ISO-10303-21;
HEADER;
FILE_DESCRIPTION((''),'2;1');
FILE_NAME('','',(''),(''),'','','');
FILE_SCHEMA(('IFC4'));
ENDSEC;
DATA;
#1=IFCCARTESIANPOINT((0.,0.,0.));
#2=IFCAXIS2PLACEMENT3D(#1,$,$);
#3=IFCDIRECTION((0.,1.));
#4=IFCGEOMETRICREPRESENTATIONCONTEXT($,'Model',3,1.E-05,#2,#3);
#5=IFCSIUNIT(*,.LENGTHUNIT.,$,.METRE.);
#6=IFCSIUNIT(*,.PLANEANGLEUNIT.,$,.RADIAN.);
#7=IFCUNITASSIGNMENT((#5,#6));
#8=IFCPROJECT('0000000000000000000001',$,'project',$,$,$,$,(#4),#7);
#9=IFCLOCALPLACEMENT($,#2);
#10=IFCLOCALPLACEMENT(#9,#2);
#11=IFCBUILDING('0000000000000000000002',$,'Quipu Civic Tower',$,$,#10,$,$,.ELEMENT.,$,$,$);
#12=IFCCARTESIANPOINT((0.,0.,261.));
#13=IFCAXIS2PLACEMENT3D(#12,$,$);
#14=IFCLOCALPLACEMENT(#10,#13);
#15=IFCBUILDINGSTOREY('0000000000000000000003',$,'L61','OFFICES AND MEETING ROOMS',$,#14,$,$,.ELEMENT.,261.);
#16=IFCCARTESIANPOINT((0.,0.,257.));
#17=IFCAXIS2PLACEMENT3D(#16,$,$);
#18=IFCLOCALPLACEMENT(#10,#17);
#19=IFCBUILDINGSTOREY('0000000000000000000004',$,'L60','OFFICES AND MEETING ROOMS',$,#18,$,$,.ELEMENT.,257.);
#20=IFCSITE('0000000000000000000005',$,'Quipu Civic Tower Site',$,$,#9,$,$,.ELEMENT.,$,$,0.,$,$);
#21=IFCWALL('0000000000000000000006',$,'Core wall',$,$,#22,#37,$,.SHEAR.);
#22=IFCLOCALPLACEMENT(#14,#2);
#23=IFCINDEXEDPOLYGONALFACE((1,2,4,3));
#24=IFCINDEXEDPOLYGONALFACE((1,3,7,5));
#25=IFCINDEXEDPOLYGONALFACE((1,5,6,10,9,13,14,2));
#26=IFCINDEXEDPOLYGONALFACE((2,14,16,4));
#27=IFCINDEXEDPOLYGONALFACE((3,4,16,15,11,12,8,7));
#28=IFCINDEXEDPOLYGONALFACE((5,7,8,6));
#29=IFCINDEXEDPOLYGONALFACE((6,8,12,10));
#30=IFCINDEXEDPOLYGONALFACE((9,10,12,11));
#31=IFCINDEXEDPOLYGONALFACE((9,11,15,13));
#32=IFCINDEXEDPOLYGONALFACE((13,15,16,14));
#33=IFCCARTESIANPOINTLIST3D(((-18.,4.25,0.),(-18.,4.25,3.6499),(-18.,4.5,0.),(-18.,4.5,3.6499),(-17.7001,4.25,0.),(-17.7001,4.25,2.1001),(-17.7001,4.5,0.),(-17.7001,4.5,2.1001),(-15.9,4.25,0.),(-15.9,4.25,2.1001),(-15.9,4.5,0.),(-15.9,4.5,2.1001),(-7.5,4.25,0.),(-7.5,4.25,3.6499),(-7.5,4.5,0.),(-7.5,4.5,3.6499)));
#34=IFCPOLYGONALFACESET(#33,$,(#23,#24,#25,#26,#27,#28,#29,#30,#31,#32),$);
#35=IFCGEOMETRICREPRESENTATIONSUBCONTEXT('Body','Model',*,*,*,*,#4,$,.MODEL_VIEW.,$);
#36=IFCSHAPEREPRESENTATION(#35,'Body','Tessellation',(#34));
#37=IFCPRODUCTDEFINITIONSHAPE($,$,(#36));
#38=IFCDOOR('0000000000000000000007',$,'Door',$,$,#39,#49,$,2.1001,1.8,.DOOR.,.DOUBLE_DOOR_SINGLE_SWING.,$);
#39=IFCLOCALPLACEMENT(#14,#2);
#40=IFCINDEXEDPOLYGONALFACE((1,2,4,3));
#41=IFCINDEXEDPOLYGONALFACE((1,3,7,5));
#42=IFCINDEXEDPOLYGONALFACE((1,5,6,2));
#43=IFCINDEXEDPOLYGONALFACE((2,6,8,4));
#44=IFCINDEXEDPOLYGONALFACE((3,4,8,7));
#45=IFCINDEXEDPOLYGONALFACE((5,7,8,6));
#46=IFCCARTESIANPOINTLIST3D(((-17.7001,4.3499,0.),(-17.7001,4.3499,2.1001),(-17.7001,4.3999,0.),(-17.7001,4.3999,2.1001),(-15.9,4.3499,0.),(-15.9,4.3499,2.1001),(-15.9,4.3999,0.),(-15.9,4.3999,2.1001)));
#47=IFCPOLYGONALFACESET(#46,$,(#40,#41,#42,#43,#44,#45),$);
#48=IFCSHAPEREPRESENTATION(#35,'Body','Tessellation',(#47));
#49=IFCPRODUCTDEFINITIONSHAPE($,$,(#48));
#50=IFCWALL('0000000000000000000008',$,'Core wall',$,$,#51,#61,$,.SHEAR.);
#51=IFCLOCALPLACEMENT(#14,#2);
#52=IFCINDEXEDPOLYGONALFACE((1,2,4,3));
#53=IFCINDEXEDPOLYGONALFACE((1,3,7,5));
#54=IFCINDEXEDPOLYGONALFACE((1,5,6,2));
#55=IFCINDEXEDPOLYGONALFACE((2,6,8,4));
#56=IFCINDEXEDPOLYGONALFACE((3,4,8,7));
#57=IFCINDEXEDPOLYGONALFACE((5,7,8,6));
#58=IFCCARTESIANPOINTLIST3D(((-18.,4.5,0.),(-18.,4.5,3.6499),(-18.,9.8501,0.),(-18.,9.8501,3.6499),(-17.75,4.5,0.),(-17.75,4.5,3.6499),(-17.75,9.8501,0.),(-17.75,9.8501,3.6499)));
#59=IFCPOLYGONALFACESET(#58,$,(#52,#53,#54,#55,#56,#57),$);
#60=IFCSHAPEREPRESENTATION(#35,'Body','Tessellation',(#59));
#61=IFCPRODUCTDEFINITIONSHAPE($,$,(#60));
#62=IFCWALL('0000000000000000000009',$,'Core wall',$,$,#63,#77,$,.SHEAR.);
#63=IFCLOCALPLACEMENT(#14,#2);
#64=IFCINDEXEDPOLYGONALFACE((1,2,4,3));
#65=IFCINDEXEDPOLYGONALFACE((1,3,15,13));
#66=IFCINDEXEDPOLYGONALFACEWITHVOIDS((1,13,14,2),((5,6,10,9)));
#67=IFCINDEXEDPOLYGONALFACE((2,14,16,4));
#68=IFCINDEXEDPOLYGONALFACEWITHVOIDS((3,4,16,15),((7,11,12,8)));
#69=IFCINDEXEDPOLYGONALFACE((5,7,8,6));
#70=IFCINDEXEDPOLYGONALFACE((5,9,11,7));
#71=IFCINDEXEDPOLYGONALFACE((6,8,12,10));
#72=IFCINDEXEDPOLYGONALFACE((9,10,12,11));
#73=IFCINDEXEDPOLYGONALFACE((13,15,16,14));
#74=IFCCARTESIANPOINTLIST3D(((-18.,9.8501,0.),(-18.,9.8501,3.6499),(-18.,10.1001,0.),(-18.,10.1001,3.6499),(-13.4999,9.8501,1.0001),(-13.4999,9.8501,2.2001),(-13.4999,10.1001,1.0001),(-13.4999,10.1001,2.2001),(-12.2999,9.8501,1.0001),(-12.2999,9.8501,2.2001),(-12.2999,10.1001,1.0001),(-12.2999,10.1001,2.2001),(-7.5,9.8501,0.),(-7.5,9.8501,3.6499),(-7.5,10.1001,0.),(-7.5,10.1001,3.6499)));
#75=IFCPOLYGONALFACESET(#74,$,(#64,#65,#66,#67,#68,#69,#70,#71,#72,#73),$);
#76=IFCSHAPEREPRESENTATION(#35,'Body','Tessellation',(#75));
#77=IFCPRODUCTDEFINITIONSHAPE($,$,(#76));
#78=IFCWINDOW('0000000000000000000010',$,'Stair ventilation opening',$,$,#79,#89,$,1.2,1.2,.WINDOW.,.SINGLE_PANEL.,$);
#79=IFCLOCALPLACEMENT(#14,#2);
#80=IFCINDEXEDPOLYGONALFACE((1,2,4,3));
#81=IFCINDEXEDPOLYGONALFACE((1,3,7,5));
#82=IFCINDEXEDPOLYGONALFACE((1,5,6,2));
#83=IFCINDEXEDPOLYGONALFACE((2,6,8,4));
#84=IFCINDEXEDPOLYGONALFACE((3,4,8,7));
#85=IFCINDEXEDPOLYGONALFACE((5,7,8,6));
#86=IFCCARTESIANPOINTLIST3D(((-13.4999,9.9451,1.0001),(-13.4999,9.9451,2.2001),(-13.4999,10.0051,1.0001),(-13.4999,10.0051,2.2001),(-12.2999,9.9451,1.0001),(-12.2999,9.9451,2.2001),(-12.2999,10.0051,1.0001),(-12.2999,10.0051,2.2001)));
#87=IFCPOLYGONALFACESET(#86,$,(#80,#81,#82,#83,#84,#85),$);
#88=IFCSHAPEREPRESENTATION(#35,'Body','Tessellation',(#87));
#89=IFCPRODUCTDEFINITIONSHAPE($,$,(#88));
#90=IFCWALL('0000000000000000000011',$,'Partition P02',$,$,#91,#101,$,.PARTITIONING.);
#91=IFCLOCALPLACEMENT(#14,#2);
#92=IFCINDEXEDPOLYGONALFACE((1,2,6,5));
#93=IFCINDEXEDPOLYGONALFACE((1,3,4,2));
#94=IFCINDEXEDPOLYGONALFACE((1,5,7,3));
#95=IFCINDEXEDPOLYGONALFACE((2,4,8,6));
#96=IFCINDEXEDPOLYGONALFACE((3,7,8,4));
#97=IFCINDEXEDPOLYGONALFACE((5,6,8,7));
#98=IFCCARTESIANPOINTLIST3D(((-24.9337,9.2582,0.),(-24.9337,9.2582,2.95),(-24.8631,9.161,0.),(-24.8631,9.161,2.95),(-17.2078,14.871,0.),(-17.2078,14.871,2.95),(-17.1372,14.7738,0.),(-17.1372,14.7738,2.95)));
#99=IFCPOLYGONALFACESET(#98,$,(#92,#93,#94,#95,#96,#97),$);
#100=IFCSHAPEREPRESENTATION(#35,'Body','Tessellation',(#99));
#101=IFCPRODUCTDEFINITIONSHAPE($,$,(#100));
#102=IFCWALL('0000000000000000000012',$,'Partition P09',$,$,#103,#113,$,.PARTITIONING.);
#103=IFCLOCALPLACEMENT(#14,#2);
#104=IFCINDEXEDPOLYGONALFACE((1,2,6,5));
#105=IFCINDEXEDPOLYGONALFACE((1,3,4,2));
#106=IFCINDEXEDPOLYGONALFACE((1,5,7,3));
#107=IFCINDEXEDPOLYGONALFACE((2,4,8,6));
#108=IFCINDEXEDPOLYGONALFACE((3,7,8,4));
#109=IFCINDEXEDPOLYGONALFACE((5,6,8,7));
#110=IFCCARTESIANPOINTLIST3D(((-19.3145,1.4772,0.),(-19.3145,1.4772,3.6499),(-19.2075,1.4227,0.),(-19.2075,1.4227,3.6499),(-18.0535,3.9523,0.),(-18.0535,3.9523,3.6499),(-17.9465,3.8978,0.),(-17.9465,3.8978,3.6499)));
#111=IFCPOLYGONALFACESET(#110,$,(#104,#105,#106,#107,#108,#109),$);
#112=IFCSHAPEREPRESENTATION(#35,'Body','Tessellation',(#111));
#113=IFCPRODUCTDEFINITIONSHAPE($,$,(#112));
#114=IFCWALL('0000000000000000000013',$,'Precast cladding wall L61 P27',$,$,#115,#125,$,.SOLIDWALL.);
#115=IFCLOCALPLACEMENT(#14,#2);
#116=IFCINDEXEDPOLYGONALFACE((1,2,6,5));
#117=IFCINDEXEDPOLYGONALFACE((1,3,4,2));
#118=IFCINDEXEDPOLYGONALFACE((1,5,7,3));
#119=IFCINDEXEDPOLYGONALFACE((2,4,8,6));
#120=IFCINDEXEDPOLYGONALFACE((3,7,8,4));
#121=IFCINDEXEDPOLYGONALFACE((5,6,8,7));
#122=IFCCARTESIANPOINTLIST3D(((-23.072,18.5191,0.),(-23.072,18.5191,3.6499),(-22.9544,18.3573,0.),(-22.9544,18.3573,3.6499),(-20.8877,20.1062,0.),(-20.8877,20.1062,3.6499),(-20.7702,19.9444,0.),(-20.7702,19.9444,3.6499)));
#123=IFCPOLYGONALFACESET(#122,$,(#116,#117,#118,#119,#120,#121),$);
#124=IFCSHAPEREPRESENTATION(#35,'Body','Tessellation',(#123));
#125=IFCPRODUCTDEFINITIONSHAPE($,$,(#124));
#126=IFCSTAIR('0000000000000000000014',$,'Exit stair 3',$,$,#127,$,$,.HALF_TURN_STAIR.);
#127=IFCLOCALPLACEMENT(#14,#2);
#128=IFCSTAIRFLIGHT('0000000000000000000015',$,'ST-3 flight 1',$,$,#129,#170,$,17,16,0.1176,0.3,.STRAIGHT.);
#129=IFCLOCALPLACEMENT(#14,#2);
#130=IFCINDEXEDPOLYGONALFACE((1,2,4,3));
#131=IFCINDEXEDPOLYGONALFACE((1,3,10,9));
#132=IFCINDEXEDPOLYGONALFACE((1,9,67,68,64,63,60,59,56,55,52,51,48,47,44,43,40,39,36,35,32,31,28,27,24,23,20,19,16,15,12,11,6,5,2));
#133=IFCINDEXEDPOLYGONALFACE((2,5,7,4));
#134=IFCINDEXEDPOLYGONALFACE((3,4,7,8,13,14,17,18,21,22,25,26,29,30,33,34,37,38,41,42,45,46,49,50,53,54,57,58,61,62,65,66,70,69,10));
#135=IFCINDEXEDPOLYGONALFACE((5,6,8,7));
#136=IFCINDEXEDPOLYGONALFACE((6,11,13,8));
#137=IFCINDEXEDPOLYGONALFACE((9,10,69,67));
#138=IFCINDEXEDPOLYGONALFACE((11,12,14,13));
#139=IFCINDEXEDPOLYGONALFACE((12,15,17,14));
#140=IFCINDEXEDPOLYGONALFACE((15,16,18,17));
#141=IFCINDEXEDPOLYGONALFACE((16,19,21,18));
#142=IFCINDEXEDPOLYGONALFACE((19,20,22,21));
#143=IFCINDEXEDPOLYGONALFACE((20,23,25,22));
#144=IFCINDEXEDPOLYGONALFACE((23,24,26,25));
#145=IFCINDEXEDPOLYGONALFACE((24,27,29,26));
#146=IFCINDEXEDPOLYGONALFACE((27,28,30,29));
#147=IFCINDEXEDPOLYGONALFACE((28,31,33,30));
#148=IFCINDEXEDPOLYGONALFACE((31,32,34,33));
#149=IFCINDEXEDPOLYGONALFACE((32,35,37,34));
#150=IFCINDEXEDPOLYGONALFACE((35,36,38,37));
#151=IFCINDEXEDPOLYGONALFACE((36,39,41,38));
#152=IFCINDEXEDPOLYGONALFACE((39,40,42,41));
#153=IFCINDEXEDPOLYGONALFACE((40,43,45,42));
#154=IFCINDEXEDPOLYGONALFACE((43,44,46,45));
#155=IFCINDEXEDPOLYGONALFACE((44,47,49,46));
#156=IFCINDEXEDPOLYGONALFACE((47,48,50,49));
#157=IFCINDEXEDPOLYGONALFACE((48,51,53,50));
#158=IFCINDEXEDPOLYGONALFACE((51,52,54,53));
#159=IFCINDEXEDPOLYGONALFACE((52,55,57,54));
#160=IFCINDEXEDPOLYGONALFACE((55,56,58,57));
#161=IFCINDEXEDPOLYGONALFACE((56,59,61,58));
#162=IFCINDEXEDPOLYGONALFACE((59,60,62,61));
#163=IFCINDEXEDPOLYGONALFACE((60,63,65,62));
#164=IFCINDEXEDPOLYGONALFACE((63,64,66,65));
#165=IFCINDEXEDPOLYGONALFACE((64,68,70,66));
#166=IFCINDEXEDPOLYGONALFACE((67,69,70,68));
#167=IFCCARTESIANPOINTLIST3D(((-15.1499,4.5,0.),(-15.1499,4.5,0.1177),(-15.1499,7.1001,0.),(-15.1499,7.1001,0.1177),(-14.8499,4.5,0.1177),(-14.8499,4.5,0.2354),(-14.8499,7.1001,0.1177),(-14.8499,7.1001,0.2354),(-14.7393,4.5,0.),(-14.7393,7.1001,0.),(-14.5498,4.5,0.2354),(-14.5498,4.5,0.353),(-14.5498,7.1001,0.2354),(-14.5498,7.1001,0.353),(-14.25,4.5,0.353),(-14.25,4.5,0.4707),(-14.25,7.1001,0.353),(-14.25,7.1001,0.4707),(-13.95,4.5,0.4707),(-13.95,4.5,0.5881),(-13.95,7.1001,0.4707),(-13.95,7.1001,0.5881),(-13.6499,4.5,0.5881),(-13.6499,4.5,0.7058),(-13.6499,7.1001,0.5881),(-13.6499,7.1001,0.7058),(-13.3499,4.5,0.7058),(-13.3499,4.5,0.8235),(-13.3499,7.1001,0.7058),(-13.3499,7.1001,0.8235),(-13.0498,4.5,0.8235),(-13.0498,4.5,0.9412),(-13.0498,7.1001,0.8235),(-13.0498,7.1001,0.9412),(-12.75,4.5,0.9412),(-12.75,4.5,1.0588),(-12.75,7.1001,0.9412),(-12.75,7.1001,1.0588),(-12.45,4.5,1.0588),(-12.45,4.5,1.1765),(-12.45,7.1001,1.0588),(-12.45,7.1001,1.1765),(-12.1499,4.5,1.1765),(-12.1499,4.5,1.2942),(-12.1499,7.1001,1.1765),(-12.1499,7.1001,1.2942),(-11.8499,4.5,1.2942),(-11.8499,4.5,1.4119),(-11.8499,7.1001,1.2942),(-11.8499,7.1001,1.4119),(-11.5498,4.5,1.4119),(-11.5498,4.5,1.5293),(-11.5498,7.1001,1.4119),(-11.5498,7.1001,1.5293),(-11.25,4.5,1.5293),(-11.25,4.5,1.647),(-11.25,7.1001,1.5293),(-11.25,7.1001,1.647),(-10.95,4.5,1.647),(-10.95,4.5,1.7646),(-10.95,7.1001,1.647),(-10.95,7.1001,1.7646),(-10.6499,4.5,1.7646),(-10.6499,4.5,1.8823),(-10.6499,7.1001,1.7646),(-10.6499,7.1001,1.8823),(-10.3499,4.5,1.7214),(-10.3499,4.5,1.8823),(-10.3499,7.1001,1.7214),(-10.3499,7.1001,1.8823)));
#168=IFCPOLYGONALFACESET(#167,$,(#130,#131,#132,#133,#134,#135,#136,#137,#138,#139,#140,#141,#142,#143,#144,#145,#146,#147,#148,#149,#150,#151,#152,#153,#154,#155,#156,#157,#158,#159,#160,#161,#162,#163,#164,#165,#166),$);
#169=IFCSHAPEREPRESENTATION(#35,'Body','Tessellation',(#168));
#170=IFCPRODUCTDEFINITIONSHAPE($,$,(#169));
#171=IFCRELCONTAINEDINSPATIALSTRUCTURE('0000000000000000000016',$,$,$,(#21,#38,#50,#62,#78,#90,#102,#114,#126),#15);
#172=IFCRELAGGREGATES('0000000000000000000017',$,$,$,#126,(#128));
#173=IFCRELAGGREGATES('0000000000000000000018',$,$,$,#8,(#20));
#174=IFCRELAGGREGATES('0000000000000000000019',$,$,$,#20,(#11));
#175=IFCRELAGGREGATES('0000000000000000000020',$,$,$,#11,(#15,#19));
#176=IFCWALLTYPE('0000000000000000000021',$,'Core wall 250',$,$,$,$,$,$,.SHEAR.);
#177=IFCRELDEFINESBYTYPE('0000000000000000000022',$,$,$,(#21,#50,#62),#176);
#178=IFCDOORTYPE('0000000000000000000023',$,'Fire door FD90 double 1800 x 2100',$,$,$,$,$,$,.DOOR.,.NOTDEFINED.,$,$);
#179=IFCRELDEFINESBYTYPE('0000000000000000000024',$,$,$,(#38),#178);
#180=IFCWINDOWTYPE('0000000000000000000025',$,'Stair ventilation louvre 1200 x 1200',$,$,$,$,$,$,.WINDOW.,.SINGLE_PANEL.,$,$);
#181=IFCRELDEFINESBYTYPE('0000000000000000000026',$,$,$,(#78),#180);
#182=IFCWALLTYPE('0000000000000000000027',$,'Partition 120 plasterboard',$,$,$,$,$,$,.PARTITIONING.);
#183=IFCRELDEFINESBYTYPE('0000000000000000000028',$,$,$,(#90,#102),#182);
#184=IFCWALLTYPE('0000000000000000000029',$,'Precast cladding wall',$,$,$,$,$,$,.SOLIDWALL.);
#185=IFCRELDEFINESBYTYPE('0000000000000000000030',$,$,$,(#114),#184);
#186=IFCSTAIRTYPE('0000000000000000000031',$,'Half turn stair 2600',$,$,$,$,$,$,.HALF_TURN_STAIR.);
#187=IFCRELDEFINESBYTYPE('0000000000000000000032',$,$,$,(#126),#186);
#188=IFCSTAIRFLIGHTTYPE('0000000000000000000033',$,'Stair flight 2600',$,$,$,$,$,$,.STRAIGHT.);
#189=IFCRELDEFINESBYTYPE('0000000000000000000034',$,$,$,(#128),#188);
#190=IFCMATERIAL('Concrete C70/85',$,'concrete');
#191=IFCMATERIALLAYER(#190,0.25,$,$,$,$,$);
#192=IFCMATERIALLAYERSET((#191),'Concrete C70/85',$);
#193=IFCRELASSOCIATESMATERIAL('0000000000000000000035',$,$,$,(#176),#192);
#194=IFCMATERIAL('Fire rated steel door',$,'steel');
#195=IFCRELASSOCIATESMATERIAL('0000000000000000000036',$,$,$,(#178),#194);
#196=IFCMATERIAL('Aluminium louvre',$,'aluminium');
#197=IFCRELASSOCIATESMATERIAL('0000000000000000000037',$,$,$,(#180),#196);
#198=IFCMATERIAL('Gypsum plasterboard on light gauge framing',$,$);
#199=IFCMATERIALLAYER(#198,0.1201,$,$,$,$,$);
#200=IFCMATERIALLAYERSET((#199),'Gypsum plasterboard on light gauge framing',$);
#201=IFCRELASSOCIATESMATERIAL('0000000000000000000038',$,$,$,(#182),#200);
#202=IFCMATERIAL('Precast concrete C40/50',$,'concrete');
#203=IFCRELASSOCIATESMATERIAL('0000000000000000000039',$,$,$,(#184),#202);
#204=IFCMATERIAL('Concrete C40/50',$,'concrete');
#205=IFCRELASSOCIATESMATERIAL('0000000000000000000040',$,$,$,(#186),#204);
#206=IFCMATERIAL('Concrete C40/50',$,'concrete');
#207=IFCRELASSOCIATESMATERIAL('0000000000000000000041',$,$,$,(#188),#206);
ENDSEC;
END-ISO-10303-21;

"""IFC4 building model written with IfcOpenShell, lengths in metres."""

from ifc_helpers import new_model, si_unit, direction, frame, frame_2d, origin, place, context, subcontext, project, spatial, polyline, rectangle, outline, extrude, material, layer, layer_set, type_object, element, fill, aggregate, save


model = new_model("IFC4")

# Units and contexts
model_context = context("Model", 3, precision=1e-05, world=origin(), true_north=direction((0.0, 1.0)))
body_context = subcontext(model_context, "Body", "Model", "MODEL_VIEW")
ifc_project = project(units=[si_unit("LENGTHUNIT", "METRE"), si_unit("PLANEANGLEUNIT", "RADIAN")], contexts=[model_context])

# Site, building, storey
site_placement = place(None, origin())
site = spatial("IfcSite", under=ifc_project, at=site_placement, Name="Quipu Civic Tower Site", CompositionType="ELEMENT", RefElevation=0.0)
building_placement = place(site_placement, origin())
building = spatial("IfcBuilding", under=site, at=building_placement, Name="Quipu Civic Tower", CompositionType="ELEMENT")
storey_1_placement = place(building_placement, frame((0.0, 0.0, 261.0)))
storey_1 = spatial("IfcBuildingStorey", under=building, at=storey_1_placement, Name="L61", Description="OFFICES AND MEETING ROOMS", CompositionType="ELEMENT", Elevation=261.0)

# Shared definitions
storey_2_placement = place(building_placement, frame((0.0, 0.0, 257.0)))
storey_2 = spatial("IfcBuildingStorey", under=building, at=storey_2_placement, Name="L60", Description="OFFICES AND MEETING ROOMS", CompositionType="ELEMENT", Elevation=257.0)

# Shared definitions
ifc_material_1 = material(Name="Concrete C70/85", Category="concrete")
ifc_layer_1 = layer(ifc_material_1, 0.25)
ifc_layer_set_1 = layer_set([ifc_layer_1], Name="Concrete C70/85")
wall_type_1 = type_object("IfcWallType", Name="Core wall 250", PredefinedType="SHEAR", material=ifc_layer_set_1)
ifc_material_2 = material(Name="Fire rated steel door", Category="steel")
door_type = type_object("IfcDoorType", Name="Fire door FD90 double 1800 x 2100", OperationType="NOTDEFINED", PredefinedType="DOOR", material=ifc_material_2)

# Wall, opening, door
wall_1_placement = place(storey_1_placement, frame((-18.0, 4.375, 0.0), z_axis=(0.0, 0.0, 1.0), x_axis=(1.0, 0.0, 0.0)))
wall_1 = element("IfcWall", 1, at=wall_1_placement, inside=storey_1, type_object=wall_type_1, Name="Core wall", PredefinedType="SHEAR", context=body_context, shape_type="SweptSolid", body=[
    extrude(rectangle(XDim=10.5, YDim=0.25, at=frame_2d((5.25, 0.0))), origin(), (0.0, 0.0, 1.0), 3.6499),
])
opening_1_placement = place(wall_1_placement, frame((0.3, 0.0, 0.0)))
opening_1 = element("IfcOpeningElement", 2, at=opening_1_placement, cuts=wall_1, PredefinedType="OPENING", context=body_context, shape_type="SweptSolid", body=[
    extrude(rectangle(XDim=1.8, YDim=2.1001, at=frame_2d((0.8999, 1.05))), frame((0.0, 0.135, 0.0), z_axis=(0.0, -1.0, 0.0), x_axis=(1.0, 0.0, 0.0)), (0.0, 0.0, 1.0), 0.27),
])
door_1_placement = place(opening_1_placement, origin())
door_1 = element("IfcDoor", 3, at=door_1_placement, inside=storey_1, type_object=door_type, Name="Door", OperationType="DOUBLE_DOOR_SINGLE_SWING", OverallHeight=2.1001, OverallWidth=1.8, PredefinedType="DOOR", context=body_context, shape_type="SweptSolid", body=[
    extrude(rectangle(XDim=1.8, YDim=2.1001, at=frame_2d((0.8999, 1.05))), frame((0.0, 0.0249, 0.0), z_axis=(0.0, -1.0, 0.0), x_axis=(1.0, 0.0, 0.0)), (0.0, 0.0, 1.0), 0.05),
])
fill(opening_1, door_1)

# Wall
wall_2_placement = place(storey_1_placement, frame((-17.875, 4.5, 0.0), z_axis=(0.0, 0.0, 1.0), x_axis=(0.0, 1.0, 0.0)))
element("IfcWall", 4, at=wall_2_placement, inside=storey_1, type_object=wall_type_1, Name="Core wall", PredefinedType="SHEAR", context=body_context, shape_type="SweptSolid", body=[
    extrude(rectangle(XDim=5.3501, YDim=0.25, at=frame_2d((2.675, 0.0))), origin(), (0.0, 0.0, 1.0), 3.6499),
])

# Wall, opening, window
wall_3_placement = place(storey_1_placement, frame((-18.0, 9.9751, 0.0), z_axis=(0.0, 0.0, 1.0), x_axis=(1.0, 0.0, 0.0)))
wall_3 = element("IfcWall", 5, at=wall_3_placement, inside=storey_1, type_object=wall_type_1, Name="Core wall", PredefinedType="SHEAR", context=body_context, shape_type="SweptSolid", body=[
    extrude(rectangle(XDim=10.5, YDim=0.25, at=frame_2d((5.25, 0.0))), origin(), (0.0, 0.0, 1.0), 3.6499),
])
opening_2_placement = place(wall_3_placement, frame((4.5, 0.0, 1.0)))
opening_2 = element("IfcOpeningElement", 6, at=opening_2_placement, cuts=wall_3, PredefinedType="OPENING", context=body_context, shape_type="SweptSolid", body=[
    extrude(rectangle(XDim=1.2, YDim=1.2, at=frame_2d((0.6001, 0.6001))), frame((0.0, 0.135, 0.0), z_axis=(0.0, -1.0, 0.0), x_axis=(1.0, 0.0, 0.0)), (0.0, 0.0, 1.0), 0.27),
])
ifc_material_3 = material(Name="Aluminium louvre", Category="aluminium")
window_type = type_object("IfcWindowType", Name="Stair ventilation louvre 1200 x 1200", PartitioningType="SINGLE_PANEL", PredefinedType="WINDOW", material=ifc_material_3)
window_placement = place(opening_2_placement, origin())
window = element("IfcWindow", 7, at=window_placement, inside=storey_1, type_object=window_type, Name="Stair ventilation opening", OverallHeight=1.2, OverallWidth=1.2, PartitioningType="SINGLE_PANEL", PredefinedType="WINDOW", context=body_context, shape_type="SweptSolid", body=[
    extrude(rectangle(XDim=1.2, YDim=1.2, at=frame_2d((0.6001, 0.6001))), frame((0.0, 0.03, 0.0), z_axis=(0.0, -1.0, 0.0), x_axis=(1.0, 0.0, 0.0)), (0.0, 0.0, 1.0), 0.0601),
])
fill(opening_2, window)

# Walls
ifc_material_4 = material(Name="Gypsum plasterboard on light gauge framing")
ifc_layer_2 = layer(ifc_material_4, 0.1201)
ifc_layer_set_2 = layer_set([ifc_layer_2], Name="Gypsum plasterboard on light gauge framing")
wall_type_2 = type_object("IfcWallType", Name="Partition 120 plasterboard", PredefinedType="PARTITIONING", material=ifc_layer_set_2)
wall_4_placement = place(storey_1_placement, frame((-17.1724, 14.8225, 0.0), z_axis=(0.0, 0.0, 1.0), x_axis=(-0.809034, -0.587761, 0.0)))
element("IfcWall", 8, at=wall_4_placement, inside=storey_1, type_object=wall_type_2, Name="Partition P02", PredefinedType="PARTITIONING", context=body_context, shape_type="SweptSolid", body=[
    extrude(rectangle(XDim=9.5496, YDim=0.1201, at=frame_2d((4.7749, 0.0))), origin(), (0.0, 0.0, 1.0), 2.95),
])
wall_5_placement = place(storey_1_placement, frame((-19.261, 1.45, 0.0), z_axis=(0.0, 0.0, 1.0), x_axis=(0.453951, 0.891027, 0.0)))
element("IfcWall", 9, at=wall_5_placement, inside=storey_1, type_object=wall_type_2, Name="Partition P09", PredefinedType="PARTITIONING", context=body_context, shape_type="SweptSolid", body=[
    extrude(rectangle(XDim=2.7778, YDim=0.1201, at=frame_2d((1.3889, 0.0))), origin(), (0.0, 0.0, 1.0), 3.6499),
])
ifc_material_5 = material(Name="Precast concrete C40/50", Category="concrete")
wall_type_3 = type_object("IfcWallType", Name="Precast cladding wall", PredefinedType="SOLIDWALL", material=ifc_material_5)
wall_6_placement = place(storey_1_placement, frame((-20.8289, 20.0254, 0.0), z_axis=(0.0, 0.0, 1.0), x_axis=(-0.80899, -0.587822, 0.0)))
element("IfcWall", 10, at=wall_6_placement, inside=storey_1, type_object=wall_type_3, Name="Precast cladding wall L61 P27", PredefinedType="SOLIDWALL", context=body_context, shape_type="SweptSolid", body=[
    extrude(rectangle(XDim=2.7, YDim=0.2, at=frame_2d((1.3501, 0.0))), origin(), (0.0, 0.0, 1.0), 3.6499),
])

# Stair, stair flight
ifc_material_6 = material(Name="Concrete C40/50", Category="concrete")
stair_type = type_object("IfcStairType", Name="Half turn stair 2600", PredefinedType="HALF_TURN_STAIR", material=ifc_material_6)
stair_placement = place(storey_1_placement, origin())
stair = element("IfcStair", 11, at=stair_placement, inside=storey_1, type_object=stair_type, Name="Exit stair 3", PredefinedType="HALF_TURN_STAIR")
ifc_material_7 = material(Name="Concrete C40/50", Category="concrete")
stair_flight_type = type_object("IfcStairFlightType", Name="Stair flight 2600", PredefinedType="STRAIGHT", material=ifc_material_7)
stair_flight_placement = place(storey_1_placement, frame((-15.1499, 5.8, 0.0), z_axis=(0.0, 0.0, 1.0), x_axis=(1.0, 0.0, 0.0)))
stair_flight = element("IfcStairFlight", 12, at=stair_flight_placement, type_object=stair_flight_type, Name="ST-3 flight 1", NumberOfRisers=17, NumberOfTreads=16, PredefinedType="STRAIGHT", RiserHeight=0.1176, TreadLength=0.3, context=body_context, shape_type="SweptSolid", body=[
    extrude(outline(polyline([(0.0, 0.0), (0.0, 0.1177), (0.3, 0.1177), (0.3, 0.2354), (0.6001, 0.2354), (0.6001, 0.353), (0.8999, 0.353), (0.8999, 0.4707), (1.2, 0.4707), (1.2, 0.5881), (1.5, 0.5881), (1.5, 0.7058), (1.8, 0.7058), (1.8, 0.8235), (2.1001, 0.8235), (2.1001, 0.9412), (2.3999, 0.9412), (2.3999, 1.0588), (2.7, 1.0588), (2.7, 1.1765), (3.0, 1.1765), (3.0, 1.2942), (3.3, 1.2942), (3.3, 1.4119), (3.6001, 1.4119), (3.6001, 1.5293), (3.8999, 1.5293), (3.8999, 1.647), (4.2, 1.647), (4.2, 1.7646), (4.5, 1.7646), (4.5, 1.8823), (4.8, 1.8823), (4.8, 2.0), (4.8, 1.7214), (0.4106, 0.0), (0.0, 0.0)])), frame((0.0, 1.3, 0.0), z_axis=(0.0, -1.0, 0.0), x_axis=(1.0, 0.0, 0.0)), (0.0, 0.0, 1.0), 2.6001),
])
aggregate(stair, [stair_flight])

save(model, "model.ifc")
